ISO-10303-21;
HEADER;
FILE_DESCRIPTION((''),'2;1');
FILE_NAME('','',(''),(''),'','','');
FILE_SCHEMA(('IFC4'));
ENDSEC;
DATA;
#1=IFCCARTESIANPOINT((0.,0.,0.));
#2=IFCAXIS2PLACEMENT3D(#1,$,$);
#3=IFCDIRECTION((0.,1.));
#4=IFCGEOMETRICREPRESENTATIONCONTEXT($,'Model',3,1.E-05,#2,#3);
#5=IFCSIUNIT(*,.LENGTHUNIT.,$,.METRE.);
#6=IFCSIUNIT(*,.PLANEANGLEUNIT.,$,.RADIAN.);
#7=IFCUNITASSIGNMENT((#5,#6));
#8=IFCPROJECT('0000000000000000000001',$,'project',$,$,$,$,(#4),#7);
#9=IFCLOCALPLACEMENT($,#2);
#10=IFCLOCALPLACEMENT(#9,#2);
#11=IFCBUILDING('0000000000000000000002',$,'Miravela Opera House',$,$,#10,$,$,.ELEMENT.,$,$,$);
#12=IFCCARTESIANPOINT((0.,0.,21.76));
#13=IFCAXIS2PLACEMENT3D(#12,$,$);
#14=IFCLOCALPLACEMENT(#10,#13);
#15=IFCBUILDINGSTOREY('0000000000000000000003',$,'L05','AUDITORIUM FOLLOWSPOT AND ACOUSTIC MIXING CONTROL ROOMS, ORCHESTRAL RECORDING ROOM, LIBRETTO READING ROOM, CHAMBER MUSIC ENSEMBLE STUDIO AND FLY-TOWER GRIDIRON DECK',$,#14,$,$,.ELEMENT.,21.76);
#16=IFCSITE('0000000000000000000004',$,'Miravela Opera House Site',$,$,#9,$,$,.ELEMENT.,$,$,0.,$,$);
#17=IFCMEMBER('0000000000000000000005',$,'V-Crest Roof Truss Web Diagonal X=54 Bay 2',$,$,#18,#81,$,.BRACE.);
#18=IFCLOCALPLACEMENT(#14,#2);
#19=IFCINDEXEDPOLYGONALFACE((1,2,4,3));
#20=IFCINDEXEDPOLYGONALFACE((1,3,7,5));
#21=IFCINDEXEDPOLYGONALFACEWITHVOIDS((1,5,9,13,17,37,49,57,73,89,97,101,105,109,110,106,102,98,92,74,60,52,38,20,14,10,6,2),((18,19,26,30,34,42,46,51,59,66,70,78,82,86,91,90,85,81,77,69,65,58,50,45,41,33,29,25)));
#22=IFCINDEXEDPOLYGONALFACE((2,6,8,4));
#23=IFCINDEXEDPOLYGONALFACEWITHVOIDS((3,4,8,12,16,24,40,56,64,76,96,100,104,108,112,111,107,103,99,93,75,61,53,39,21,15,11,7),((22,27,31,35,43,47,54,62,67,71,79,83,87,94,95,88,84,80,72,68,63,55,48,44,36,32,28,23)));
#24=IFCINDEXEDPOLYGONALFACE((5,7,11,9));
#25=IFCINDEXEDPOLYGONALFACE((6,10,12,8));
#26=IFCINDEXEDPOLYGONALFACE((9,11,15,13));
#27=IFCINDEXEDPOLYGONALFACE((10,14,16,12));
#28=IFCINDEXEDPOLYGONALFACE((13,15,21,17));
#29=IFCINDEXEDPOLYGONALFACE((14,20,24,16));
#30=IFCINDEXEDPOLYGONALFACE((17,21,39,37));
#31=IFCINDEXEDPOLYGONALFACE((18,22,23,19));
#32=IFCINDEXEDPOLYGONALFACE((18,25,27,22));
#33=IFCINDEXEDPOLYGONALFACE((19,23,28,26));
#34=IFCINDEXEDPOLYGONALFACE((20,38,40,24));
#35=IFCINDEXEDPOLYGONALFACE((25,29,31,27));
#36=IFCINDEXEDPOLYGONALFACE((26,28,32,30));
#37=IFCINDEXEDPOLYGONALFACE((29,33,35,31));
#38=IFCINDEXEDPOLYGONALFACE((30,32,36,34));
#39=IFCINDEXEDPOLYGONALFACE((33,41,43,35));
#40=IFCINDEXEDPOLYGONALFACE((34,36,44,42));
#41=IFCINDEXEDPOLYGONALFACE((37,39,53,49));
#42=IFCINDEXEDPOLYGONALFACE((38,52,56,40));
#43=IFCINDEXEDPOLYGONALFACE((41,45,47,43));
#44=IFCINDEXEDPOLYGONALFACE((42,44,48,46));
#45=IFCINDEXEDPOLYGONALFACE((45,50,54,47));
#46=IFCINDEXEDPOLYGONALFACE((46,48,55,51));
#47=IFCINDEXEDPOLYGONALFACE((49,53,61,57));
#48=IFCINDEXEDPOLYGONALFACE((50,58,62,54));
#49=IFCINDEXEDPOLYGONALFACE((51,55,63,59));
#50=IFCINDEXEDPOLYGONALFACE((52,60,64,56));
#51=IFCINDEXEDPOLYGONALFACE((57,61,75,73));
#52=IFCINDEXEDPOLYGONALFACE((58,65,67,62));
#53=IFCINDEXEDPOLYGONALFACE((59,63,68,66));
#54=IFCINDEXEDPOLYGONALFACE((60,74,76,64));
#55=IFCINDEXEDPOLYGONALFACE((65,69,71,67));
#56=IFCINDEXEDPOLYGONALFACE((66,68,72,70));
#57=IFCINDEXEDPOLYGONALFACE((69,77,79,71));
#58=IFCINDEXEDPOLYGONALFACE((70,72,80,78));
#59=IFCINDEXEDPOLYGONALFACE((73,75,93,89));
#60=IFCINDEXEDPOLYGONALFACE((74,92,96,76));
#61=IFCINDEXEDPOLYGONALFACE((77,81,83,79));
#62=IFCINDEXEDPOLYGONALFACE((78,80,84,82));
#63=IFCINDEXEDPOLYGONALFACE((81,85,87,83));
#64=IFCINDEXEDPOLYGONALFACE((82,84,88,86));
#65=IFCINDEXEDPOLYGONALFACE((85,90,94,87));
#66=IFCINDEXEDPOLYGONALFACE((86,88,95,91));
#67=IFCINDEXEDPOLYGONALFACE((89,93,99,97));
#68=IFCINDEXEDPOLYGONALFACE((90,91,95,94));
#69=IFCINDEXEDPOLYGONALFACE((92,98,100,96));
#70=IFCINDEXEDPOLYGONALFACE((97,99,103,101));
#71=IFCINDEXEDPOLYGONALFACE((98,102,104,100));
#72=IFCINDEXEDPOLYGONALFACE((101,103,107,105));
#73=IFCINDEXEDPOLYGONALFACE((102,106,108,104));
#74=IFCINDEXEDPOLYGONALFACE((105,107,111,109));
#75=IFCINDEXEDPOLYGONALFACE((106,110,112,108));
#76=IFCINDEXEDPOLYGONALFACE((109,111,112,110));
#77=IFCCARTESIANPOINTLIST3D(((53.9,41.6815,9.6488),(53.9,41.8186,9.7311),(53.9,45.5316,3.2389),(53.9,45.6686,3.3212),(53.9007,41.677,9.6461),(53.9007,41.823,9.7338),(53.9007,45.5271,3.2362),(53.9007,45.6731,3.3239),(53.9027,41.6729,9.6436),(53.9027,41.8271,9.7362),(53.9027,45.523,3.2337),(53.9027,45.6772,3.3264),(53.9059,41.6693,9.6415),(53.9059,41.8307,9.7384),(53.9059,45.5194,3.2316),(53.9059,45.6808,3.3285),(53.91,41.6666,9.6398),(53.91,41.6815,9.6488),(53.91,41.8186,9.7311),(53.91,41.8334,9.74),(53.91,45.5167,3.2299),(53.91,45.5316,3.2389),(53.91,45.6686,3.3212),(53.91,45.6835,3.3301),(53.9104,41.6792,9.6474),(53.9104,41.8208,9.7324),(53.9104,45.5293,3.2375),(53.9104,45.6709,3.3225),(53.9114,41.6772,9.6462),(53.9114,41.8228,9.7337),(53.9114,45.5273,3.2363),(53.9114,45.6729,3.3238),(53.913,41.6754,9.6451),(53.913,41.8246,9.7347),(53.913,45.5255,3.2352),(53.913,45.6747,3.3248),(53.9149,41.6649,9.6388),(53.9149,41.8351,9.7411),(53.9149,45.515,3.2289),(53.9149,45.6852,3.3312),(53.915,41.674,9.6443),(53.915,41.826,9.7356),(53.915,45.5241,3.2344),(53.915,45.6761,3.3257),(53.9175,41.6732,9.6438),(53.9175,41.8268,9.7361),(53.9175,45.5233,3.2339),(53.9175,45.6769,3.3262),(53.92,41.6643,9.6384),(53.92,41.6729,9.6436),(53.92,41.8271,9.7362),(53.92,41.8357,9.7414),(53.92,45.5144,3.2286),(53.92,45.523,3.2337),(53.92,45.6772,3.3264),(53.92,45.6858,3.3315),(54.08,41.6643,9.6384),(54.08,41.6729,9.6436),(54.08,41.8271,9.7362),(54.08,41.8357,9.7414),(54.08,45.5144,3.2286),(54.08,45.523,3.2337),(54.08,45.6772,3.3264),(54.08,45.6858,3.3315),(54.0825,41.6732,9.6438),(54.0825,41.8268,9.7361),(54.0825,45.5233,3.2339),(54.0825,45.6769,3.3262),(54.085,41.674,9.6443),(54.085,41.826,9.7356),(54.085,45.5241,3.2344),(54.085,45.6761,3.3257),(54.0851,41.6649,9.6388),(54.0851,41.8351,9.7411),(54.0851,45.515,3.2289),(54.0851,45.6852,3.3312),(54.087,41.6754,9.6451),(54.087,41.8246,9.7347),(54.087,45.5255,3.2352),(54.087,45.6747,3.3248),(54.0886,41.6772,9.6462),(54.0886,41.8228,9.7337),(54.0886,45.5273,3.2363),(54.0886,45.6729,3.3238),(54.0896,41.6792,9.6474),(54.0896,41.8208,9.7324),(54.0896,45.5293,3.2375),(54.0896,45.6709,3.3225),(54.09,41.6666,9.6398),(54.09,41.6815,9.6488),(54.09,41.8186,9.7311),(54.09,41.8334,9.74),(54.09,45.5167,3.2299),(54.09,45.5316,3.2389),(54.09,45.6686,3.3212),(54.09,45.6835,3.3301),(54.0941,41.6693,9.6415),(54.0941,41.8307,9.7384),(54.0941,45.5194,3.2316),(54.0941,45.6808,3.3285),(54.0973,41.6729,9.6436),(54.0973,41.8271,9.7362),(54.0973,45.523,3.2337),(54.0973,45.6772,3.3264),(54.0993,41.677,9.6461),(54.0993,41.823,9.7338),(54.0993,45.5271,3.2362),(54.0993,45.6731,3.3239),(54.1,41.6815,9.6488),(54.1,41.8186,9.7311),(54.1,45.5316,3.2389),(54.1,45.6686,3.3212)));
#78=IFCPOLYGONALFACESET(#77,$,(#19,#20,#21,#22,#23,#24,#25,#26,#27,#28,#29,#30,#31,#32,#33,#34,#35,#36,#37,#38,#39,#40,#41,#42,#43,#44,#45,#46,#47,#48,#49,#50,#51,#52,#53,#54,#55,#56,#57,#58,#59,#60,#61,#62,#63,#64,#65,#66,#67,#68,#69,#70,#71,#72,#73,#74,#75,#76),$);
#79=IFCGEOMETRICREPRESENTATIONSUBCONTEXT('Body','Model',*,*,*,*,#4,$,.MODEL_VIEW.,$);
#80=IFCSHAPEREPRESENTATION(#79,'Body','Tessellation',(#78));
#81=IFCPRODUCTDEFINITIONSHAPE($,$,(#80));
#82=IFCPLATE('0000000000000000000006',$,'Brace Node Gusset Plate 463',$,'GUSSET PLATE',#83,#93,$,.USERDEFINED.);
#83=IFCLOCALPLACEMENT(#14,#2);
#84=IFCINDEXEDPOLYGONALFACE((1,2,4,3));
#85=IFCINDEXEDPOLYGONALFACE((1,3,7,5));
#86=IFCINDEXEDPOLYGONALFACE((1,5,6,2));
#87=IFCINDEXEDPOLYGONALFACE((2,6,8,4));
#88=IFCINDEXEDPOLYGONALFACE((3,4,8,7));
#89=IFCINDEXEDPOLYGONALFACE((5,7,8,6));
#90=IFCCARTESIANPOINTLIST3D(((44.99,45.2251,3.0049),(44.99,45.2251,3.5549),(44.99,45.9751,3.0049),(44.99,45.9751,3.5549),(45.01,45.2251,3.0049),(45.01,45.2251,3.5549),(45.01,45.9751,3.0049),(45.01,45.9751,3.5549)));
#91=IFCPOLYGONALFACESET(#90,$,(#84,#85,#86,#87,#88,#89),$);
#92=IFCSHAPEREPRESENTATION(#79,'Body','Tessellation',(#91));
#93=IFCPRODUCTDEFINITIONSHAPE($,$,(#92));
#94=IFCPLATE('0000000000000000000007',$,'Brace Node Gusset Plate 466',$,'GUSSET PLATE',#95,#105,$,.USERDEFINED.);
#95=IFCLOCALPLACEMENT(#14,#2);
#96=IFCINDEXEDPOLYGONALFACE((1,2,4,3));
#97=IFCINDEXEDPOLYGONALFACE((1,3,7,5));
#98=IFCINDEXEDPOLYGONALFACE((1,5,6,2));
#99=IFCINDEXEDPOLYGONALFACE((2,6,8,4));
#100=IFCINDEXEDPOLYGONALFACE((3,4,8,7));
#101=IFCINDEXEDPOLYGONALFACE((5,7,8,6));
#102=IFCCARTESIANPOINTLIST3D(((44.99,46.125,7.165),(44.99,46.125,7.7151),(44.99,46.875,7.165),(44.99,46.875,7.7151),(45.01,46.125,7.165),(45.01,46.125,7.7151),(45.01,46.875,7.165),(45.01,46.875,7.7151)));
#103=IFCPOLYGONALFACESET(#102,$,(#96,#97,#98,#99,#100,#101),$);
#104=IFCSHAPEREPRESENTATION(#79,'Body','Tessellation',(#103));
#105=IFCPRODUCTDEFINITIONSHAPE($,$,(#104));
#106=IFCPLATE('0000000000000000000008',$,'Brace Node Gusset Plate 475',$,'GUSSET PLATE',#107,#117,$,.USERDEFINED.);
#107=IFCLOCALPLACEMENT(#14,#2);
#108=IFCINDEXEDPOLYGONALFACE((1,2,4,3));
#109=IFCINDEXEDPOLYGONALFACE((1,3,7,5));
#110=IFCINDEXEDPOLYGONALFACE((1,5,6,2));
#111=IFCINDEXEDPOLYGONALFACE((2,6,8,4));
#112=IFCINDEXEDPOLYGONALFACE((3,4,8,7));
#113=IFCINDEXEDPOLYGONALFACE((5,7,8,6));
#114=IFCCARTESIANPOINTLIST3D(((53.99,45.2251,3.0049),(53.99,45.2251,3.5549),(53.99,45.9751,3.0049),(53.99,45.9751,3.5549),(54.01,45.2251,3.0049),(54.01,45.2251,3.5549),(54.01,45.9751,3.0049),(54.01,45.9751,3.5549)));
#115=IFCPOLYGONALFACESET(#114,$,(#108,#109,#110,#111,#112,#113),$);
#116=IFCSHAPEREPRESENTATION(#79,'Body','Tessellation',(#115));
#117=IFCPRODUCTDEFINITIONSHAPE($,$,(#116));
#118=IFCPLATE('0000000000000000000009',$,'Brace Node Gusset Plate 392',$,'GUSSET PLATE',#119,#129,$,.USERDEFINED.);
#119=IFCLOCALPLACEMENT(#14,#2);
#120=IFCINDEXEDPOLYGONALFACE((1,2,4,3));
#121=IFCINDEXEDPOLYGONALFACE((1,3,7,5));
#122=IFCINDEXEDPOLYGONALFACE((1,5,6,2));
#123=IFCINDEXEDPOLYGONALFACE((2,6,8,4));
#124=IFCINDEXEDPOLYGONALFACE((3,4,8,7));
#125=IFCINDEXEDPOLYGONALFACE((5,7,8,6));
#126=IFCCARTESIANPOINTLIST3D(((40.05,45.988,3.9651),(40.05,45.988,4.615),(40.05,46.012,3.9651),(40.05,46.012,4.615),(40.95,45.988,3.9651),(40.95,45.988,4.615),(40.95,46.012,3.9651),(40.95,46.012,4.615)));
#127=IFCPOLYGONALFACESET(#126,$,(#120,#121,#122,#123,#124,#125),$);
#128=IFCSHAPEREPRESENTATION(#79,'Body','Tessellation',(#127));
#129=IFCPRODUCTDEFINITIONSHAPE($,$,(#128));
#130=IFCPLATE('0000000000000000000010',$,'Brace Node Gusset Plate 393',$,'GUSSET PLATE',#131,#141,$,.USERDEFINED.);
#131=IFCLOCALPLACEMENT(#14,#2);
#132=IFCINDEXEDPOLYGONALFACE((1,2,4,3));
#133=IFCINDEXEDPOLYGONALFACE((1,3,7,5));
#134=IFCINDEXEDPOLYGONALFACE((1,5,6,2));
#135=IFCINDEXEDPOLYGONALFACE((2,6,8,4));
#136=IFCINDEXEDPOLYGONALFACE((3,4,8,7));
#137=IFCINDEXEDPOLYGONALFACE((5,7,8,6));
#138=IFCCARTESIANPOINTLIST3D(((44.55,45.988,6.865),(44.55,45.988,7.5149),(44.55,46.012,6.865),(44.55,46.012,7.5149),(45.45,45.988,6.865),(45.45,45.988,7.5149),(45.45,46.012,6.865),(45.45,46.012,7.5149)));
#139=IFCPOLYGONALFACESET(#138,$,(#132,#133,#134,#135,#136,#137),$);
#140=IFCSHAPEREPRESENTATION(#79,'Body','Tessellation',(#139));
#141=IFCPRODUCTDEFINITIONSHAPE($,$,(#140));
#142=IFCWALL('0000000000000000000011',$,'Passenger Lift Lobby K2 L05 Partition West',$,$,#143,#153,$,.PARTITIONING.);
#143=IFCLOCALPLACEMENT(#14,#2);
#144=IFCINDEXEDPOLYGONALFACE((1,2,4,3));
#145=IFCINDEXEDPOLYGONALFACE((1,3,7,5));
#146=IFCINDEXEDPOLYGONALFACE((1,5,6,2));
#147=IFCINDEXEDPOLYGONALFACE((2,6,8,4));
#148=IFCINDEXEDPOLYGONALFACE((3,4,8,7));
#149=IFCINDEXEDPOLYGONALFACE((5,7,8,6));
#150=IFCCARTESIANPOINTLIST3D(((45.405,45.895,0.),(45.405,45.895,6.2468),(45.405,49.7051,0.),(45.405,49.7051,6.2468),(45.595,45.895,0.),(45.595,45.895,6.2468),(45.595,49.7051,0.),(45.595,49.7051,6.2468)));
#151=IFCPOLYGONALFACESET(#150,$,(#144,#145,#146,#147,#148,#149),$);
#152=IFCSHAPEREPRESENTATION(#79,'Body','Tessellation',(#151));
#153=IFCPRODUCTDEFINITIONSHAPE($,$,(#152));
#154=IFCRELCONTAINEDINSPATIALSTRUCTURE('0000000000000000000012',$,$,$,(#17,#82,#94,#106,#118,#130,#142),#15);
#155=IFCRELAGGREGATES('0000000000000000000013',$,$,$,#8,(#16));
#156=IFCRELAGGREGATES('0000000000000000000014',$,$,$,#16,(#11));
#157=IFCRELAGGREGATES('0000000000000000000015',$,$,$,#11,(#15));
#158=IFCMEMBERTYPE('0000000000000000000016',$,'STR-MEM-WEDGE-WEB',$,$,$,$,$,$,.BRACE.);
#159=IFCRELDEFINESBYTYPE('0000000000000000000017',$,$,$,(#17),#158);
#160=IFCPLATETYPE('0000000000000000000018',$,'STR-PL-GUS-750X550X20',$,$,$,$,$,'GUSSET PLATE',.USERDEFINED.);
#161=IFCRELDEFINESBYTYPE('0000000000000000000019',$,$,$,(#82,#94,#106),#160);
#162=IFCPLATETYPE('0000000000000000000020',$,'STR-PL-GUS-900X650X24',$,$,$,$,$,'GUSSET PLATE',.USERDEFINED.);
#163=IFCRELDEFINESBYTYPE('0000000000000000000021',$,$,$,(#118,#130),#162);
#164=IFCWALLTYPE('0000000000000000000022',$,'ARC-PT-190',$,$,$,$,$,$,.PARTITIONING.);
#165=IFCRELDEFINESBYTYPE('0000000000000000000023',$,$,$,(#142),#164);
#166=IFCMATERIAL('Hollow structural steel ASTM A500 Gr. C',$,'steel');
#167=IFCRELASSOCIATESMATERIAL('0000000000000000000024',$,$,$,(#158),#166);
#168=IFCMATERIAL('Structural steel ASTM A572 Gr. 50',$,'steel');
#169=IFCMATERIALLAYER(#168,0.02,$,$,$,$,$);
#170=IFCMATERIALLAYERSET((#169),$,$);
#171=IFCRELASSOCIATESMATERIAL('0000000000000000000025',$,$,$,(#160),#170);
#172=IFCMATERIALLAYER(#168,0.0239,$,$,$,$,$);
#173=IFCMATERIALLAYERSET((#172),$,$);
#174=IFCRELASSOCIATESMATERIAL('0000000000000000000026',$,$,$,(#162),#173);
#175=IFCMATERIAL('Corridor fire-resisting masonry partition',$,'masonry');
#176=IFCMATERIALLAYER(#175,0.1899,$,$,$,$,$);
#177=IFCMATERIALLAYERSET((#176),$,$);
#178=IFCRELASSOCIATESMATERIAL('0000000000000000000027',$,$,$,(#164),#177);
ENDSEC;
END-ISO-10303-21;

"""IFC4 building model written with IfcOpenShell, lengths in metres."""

from ifc_helpers import new_model, si_unit, direction, frame, frame_2d, origin, origin_2d, place, context, subcontext, project, spatial, rectangle, hollow_rectangle, extrude, material, layer, layer_set, material_profile, profile_set, type_object, element, save


model = new_model("IFC4")

# Units and contexts
model_context = context("Model", 3, precision=1e-05, world=origin(), true_north=direction((0.0, 1.0)))
body_context = subcontext(model_context, "Body", "Model", "MODEL_VIEW")
ifc_project = project(units=[si_unit("LENGTHUNIT", "METRE"), si_unit("PLANEANGLEUNIT", "RADIAN")], contexts=[model_context])

# Site, building, storey
site_placement = place(None, origin())
site = spatial("IfcSite", under=ifc_project, at=site_placement, Name="Miravela Opera House Site", CompositionType="ELEMENT", RefElevation=0.0)
building_placement = place(site_placement, origin())
building = spatial("IfcBuilding", under=site, at=building_placement, Name="Miravela Opera House", CompositionType="ELEMENT")
storey_placement = place(building_placement, frame((0.0, 0.0, 21.76)))
storey = spatial("IfcBuildingStorey", under=building, at=storey_placement, Name="L05", Description="AUDITORIUM FOLLOWSPOT AND ACOUSTIC MIXING CONTROL ROOMS, ORCHESTRAL RECORDING ROOM, LIBRETTO READING ROOM, CHAMBER MUSIC ENSEMBLE STUDIO AND FLY-TOWER GRIDIRON DECK", CompositionType="ELEMENT", Elevation=21.76)

# Member
ifc_material_1 = material(Name="Hollow structural steel ASTM A500 Gr. C", Category="steel")
ifc_material_profile_1 = material_profile(ifc_material_1, hollow_rectangle(XDim=0.2, YDim=0.2, WallThickness=0.01, InnerFilletRadius=0.01, OuterFilletRadius=0.02, at=origin_2d()), Name="HSS200X200X10")
ifc_profile_set_1 = profile_set([ifc_material_profile_1])
member_type_1 = type_object("IfcMemberType", Name="STR-MEM-WEDGE-WEB", PredefinedType="BRACE", material=ifc_profile_set_1)
for number, where, z_axis, x_axis, name in (
    (1, (54.0, 45.6001, 3.28), (0.0, -0.514904, 0.857248), (1.0, 0.0, 0.0), "V-Crest Roof Truss Web Diagonal X=54 Bay 2"),
):
    element("IfcMember", number, at=place(storey_placement, frame(where, z_axis=z_axis, x_axis=x_axis)), inside=storey, type_object=member_type_1, Name=name, PredefinedType="BRACE", context=body_context, shape_type="SweptSolid", body=[
        extrude(hollow_rectangle(XDim=0.2, YDim=0.2, WallThickness=0.01, InnerFilletRadius=0.01, OuterFilletRadius=0.02, at=origin_2d()), origin(), (0.0, 0.0, 1.0), 7.4773),
    ])

# Plates
ifc_material_2 = material(Name="Structural steel ASTM A572 Gr. 50", Category="steel")
ifc_layer_1 = layer(ifc_material_2, 0.02)
ifc_layer_set_1 = layer_set([ifc_layer_1])
plate_type_1 = type_object("IfcPlateType", Name="STR-PL-GUS-750X550X20", ElementType="GUSSET PLATE", PredefinedType="USERDEFINED", material=ifc_layer_set_1)
for number, where, z_axis, x_axis, name in (
    (2, (45.0, 45.6001, 3.0049), (0.0, 0.0, 1.0), (0.0, 1.0, 0.0), "Brace Node Gusset Plate 463"),
    (3, (45.0, 46.5, 7.165), (0.0, 0.0, 1.0), (0.0, 1.0, 0.0), "Brace Node Gusset Plate 466"),
    (4, (54.0, 45.6001, 3.0049), (0.0, 0.0, 1.0), (0.0, 1.0, 0.0), "Brace Node Gusset Plate 475"),
):
    element("IfcPlate", number, at=place(storey_placement, frame(where, z_axis=z_axis, x_axis=x_axis)), inside=storey, type_object=plate_type_1, Name=name, ObjectType="GUSSET PLATE", PredefinedType="USERDEFINED", context=body_context, shape_type="SweptSolid", body=[
        extrude(rectangle(XDim=0.75, YDim=0.02, at=origin_2d()), origin(), (0.0, 0.0, 1.0), 0.55),
    ])
ifc_layer_2 = layer(ifc_material_2, 0.0239)
ifc_layer_set_2 = layer_set([ifc_layer_2])
plate_type_2 = type_object("IfcPlateType", Name="STR-PL-GUS-900X650X24", ElementType="GUSSET PLATE", PredefinedType="USERDEFINED", material=ifc_layer_set_2)
for number, where, z_axis, x_axis, name in (
    (5, (40.5, 46.0, 3.9651), (0.0, 0.0, 1.0), (1.0, 0.0, 0.0), "Brace Node Gusset Plate 392"),
    (6, (45.0, 46.0, 6.865), (0.0, 0.0, 1.0), (1.0, 0.0, 0.0), "Brace Node Gusset Plate 393"),
):
    element("IfcPlate", number, at=place(storey_placement, frame(where, z_axis=z_axis, x_axis=x_axis)), inside=storey, type_object=plate_type_2, Name=name, ObjectType="GUSSET PLATE", PredefinedType="USERDEFINED", context=body_context, shape_type="SweptSolid", body=[
        extrude(rectangle(XDim=0.8999, YDim=0.0239, at=origin_2d()), origin(), (0.0, 0.0, 1.0), 0.6499),
    ])

# Wall
ifc_material_3 = material(Name="Corridor fire-resisting masonry partition", Category="masonry")
ifc_layer_3 = layer(ifc_material_3, 0.1899)
ifc_layer_set_3 = layer_set([ifc_layer_3])
wall_type_1 = type_object("IfcWallType", Name="ARC-PT-190", PredefinedType="PARTITIONING", material=ifc_layer_set_3)
wall_1_placement = place(storey_placement, frame((45.5, 45.895, 0.0), z_axis=(0.0, 0.0, 1.0), x_axis=(0.0, 1.0, 0.0)))
element("IfcWall", 7, at=wall_1_placement, inside=storey, type_object=wall_type_1, Name="Passenger Lift Lobby K2 L05 Partition West", PredefinedType="PARTITIONING", context=body_context, shape_type="SweptSolid", body=[
    extrude(rectangle(XDim=3.8101, YDim=0.1899, at=frame_2d((1.905, 0.0))), origin(), (0.0, 0.0, 1.0), 6.2468),
])

save(model, "model.ifc")
